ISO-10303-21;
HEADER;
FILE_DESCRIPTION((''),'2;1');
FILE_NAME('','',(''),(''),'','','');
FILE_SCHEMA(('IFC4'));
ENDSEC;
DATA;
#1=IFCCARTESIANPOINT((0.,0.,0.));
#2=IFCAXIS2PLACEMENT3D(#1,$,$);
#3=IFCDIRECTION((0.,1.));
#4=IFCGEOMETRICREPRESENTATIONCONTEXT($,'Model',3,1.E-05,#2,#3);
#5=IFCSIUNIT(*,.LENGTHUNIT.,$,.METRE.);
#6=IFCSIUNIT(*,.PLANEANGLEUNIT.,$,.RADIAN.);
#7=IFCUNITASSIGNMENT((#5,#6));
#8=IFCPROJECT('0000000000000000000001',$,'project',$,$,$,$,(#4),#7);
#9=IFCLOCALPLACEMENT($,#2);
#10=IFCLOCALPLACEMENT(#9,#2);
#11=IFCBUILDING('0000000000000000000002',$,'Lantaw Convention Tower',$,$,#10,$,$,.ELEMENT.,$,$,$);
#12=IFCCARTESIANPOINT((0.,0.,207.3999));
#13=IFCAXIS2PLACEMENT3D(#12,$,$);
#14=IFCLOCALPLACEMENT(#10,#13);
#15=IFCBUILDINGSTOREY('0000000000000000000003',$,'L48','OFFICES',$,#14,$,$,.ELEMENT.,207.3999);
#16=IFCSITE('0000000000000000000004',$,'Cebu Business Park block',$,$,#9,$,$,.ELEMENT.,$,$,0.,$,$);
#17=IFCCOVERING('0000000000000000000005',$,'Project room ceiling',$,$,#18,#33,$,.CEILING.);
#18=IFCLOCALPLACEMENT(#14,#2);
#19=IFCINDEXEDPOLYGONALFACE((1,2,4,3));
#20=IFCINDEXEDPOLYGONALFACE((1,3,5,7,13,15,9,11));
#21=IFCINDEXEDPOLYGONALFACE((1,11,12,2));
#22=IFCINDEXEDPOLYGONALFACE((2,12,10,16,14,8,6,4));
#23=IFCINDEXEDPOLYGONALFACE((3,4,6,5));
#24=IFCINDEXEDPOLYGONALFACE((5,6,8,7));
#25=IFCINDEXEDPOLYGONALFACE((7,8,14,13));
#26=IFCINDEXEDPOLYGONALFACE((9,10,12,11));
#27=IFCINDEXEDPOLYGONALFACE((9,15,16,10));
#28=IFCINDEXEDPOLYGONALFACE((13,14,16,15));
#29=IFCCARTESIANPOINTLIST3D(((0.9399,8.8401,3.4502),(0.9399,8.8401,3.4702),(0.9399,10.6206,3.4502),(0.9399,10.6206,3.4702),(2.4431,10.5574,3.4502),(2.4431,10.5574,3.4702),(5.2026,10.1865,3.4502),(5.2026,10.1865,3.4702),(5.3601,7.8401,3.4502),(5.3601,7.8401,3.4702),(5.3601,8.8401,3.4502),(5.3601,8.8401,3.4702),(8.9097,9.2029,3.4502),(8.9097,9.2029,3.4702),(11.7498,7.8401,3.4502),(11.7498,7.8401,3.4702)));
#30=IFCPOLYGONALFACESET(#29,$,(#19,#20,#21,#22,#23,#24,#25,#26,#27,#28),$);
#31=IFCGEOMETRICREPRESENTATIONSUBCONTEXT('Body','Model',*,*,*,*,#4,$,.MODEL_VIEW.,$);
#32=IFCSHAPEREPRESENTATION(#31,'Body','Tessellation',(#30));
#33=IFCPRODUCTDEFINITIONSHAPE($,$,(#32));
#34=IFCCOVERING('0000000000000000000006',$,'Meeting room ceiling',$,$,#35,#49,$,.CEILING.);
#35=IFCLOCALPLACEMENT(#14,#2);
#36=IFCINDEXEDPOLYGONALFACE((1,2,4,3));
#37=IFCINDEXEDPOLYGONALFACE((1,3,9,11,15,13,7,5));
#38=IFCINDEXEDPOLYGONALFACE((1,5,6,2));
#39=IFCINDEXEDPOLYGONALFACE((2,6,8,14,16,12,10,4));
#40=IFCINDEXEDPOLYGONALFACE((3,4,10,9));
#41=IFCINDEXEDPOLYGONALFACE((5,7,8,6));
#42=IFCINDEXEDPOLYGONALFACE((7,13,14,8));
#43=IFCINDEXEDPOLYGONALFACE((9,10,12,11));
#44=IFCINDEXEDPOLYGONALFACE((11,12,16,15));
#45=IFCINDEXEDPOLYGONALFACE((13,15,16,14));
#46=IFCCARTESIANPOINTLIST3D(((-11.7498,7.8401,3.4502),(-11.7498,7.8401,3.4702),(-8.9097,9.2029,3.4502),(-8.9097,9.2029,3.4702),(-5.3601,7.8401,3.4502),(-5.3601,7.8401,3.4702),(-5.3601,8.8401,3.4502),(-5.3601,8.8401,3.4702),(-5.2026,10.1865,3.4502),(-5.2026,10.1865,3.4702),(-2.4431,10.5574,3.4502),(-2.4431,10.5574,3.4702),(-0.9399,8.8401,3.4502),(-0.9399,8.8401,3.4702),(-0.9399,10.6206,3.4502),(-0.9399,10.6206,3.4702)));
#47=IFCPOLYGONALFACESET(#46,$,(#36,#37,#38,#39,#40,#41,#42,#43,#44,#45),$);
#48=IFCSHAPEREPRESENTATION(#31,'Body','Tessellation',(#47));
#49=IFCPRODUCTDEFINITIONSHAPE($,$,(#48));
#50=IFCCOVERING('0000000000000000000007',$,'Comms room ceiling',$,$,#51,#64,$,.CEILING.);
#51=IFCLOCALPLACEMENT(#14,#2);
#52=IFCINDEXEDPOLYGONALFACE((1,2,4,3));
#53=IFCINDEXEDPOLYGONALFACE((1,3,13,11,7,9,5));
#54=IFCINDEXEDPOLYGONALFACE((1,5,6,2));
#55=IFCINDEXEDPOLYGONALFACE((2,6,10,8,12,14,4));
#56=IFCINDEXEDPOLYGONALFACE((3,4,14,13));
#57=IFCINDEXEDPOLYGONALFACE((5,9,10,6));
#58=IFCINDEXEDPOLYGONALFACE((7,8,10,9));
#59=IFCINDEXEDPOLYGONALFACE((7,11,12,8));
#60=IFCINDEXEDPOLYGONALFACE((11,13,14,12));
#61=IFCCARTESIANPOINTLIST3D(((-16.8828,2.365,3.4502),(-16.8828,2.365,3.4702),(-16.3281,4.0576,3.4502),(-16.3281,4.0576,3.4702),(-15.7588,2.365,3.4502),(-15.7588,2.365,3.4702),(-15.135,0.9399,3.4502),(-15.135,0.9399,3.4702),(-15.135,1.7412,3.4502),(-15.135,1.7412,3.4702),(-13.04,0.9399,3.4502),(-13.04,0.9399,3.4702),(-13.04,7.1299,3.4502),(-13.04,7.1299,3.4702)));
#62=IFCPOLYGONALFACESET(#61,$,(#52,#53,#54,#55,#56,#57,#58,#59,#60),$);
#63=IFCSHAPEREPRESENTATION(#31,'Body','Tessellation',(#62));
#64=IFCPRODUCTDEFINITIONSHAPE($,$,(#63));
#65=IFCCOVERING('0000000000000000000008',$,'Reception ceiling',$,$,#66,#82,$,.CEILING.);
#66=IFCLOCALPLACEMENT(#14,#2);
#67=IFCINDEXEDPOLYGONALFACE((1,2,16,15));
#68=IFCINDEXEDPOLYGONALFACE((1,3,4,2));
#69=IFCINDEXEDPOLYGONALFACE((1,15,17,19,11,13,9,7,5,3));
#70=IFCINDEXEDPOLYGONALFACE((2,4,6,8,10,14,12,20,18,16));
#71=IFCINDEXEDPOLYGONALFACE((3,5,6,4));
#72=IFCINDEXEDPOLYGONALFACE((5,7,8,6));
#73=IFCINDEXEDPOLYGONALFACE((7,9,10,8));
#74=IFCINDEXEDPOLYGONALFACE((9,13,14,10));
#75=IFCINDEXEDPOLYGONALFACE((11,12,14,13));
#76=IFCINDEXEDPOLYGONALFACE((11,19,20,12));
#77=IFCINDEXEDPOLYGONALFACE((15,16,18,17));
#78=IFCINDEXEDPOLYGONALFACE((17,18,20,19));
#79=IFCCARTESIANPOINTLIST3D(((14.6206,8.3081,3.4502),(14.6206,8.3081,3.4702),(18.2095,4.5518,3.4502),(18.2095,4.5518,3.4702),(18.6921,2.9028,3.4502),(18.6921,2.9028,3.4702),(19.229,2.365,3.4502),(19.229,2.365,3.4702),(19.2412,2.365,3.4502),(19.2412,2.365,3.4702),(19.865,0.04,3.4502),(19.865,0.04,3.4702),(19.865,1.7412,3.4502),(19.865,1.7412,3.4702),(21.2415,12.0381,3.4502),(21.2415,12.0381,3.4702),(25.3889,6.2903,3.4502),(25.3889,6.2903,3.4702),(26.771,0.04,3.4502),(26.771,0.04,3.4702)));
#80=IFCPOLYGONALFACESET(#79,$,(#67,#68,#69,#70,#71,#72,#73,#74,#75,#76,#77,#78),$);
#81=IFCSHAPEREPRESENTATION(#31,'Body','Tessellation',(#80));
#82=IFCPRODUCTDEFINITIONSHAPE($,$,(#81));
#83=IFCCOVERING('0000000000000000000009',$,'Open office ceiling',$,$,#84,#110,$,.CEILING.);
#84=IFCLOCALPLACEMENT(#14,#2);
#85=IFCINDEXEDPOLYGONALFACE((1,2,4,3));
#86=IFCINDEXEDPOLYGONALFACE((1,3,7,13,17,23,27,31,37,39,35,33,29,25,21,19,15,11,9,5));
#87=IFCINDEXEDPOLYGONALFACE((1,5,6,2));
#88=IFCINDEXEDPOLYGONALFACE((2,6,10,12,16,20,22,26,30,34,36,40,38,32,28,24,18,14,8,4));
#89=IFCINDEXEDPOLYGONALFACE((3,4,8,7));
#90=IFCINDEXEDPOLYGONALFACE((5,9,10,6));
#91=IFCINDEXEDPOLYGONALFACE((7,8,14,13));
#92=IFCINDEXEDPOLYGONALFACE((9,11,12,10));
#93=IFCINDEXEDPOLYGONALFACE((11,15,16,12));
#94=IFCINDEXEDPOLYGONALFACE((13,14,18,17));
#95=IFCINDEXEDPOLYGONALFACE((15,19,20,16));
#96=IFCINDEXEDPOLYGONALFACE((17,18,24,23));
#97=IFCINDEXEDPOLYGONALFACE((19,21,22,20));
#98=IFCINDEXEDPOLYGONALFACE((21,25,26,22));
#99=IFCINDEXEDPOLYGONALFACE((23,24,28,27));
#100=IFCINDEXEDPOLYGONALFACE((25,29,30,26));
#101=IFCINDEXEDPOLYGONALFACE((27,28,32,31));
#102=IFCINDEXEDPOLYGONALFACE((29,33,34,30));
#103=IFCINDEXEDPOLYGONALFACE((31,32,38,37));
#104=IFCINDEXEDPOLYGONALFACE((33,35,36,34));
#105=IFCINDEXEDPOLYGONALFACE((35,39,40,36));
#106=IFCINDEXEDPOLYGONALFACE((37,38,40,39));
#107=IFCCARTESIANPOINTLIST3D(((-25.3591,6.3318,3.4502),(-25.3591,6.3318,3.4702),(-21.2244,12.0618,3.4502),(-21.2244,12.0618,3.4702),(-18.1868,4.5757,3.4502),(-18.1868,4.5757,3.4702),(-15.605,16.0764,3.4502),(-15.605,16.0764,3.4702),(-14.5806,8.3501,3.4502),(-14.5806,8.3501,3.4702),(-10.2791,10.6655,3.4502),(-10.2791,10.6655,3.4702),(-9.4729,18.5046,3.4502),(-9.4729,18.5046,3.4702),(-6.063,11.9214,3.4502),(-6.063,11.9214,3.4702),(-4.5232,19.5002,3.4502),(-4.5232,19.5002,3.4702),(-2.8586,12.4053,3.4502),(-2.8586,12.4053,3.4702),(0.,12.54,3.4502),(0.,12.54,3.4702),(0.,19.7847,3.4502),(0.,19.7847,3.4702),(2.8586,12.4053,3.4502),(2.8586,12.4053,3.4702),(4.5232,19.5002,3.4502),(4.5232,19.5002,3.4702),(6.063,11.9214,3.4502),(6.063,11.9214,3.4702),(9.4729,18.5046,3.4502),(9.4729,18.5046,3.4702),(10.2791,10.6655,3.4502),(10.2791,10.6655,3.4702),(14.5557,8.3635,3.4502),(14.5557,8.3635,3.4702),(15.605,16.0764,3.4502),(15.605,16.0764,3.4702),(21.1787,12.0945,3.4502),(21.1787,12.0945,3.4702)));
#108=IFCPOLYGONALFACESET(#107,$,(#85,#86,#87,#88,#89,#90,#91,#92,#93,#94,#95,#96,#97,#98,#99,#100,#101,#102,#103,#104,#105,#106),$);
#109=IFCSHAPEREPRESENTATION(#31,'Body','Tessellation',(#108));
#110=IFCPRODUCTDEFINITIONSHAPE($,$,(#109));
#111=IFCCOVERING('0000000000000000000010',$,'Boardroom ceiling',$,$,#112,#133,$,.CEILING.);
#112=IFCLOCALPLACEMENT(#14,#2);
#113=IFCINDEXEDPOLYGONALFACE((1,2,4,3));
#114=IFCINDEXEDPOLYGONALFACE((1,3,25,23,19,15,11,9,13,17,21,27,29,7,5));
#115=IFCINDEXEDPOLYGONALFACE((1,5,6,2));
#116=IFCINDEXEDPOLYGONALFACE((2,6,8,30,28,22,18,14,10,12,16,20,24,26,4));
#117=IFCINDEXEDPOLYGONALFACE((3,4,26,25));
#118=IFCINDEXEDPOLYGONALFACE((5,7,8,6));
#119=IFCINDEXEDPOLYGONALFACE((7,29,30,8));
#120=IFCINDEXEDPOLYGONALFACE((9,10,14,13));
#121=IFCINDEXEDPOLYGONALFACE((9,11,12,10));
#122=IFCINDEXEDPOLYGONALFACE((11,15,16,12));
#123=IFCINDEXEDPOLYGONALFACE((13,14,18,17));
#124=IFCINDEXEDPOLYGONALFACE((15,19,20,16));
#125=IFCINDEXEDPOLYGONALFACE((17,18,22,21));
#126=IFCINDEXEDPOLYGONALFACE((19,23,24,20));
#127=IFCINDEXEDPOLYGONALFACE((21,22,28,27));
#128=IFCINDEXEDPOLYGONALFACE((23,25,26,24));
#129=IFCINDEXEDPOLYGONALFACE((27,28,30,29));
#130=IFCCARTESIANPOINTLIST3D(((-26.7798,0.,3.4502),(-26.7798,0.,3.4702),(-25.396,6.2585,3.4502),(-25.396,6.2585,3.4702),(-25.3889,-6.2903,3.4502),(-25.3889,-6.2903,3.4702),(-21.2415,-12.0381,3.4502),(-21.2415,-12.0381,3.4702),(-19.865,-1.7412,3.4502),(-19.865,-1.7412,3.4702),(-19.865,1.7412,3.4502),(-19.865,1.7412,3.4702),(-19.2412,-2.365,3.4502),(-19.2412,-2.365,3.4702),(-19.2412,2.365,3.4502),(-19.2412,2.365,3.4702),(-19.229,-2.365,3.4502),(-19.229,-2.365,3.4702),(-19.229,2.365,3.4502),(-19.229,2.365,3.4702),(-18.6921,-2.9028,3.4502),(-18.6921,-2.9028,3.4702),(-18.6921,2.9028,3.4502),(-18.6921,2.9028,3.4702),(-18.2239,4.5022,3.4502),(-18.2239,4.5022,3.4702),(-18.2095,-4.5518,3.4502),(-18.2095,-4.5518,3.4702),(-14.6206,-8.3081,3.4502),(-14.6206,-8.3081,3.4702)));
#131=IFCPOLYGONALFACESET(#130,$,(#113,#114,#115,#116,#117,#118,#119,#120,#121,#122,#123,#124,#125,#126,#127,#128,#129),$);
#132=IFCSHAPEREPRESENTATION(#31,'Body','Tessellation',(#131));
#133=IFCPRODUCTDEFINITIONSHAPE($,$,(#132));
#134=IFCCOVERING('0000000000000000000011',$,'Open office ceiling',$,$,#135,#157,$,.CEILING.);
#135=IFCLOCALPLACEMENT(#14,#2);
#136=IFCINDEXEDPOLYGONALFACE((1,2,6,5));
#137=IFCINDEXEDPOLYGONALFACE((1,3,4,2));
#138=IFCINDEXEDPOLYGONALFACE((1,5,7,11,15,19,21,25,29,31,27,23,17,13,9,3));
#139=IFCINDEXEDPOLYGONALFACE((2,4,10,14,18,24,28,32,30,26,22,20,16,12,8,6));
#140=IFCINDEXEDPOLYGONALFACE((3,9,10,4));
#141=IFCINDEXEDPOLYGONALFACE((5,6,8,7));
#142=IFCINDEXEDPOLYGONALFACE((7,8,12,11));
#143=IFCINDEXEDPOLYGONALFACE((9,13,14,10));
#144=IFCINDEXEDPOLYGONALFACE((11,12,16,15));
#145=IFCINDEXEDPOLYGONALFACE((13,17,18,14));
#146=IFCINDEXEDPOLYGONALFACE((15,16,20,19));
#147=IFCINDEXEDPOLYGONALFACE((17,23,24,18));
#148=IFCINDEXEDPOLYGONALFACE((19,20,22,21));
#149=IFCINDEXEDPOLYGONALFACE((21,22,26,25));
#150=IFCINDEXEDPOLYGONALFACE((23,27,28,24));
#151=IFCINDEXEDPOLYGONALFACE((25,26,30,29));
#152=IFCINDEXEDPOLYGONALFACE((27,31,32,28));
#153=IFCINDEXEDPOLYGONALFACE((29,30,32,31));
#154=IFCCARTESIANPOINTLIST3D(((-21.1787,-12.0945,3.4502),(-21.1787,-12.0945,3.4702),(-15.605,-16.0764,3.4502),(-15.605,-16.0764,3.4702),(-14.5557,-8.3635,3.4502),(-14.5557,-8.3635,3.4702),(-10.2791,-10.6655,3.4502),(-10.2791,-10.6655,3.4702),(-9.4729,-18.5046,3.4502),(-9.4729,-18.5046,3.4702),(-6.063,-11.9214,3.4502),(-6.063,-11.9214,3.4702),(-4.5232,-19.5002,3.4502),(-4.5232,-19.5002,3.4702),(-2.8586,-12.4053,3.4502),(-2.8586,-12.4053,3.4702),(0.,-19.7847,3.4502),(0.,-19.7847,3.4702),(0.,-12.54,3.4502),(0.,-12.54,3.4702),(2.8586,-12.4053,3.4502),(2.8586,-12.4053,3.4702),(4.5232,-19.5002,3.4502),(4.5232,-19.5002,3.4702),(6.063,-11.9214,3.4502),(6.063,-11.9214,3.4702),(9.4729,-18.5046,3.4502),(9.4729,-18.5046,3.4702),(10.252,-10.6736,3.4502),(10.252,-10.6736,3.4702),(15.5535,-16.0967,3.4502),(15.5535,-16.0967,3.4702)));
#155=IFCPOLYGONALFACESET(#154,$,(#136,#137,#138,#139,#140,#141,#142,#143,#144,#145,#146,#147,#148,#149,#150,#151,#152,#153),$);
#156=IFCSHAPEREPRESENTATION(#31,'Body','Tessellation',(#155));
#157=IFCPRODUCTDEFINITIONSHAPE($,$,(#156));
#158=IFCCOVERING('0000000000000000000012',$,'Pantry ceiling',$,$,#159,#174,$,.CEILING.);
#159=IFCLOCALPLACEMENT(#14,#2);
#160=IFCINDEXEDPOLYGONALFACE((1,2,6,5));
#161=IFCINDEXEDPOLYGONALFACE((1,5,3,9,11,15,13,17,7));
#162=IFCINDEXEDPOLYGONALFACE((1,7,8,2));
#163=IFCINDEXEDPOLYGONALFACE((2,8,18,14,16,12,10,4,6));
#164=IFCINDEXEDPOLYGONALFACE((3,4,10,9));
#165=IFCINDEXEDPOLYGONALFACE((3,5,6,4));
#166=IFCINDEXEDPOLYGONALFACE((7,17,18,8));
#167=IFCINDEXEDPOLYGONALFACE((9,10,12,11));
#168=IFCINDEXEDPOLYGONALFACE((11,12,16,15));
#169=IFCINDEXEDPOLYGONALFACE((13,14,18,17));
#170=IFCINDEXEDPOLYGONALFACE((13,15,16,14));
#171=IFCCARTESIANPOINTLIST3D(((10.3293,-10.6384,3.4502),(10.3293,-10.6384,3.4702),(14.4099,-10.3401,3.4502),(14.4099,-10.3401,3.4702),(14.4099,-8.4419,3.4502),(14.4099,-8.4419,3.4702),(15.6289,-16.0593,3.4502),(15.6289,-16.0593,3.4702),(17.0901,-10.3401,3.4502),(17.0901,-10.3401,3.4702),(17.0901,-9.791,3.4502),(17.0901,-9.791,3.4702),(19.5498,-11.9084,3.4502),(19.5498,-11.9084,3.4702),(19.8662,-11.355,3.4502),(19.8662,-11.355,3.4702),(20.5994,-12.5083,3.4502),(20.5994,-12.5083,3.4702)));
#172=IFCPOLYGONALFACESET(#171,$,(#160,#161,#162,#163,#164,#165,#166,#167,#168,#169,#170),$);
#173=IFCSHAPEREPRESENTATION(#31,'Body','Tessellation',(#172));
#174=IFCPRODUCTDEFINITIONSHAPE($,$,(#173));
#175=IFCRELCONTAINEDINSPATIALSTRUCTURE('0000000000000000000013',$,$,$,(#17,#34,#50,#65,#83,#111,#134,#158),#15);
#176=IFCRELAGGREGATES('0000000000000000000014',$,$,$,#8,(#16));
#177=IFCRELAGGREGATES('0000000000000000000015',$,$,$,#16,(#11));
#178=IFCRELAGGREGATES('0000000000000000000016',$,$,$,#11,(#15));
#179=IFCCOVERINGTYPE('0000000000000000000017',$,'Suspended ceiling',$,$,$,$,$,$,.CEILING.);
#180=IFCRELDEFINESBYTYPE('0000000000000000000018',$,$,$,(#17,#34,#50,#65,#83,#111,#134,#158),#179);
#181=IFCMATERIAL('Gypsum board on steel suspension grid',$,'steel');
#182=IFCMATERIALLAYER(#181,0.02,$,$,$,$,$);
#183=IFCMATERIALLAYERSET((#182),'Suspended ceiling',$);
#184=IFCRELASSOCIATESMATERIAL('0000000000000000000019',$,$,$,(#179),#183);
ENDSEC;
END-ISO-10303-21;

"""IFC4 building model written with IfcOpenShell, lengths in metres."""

from ifc_helpers import new_model, si_unit, direction, frame, origin, place, context, subcontext, project, spatial, polyline, outline, extrude, material, layer, layer_set, type_object, element, save


model = new_model("IFC4")

# Units and contexts
model_context = context("Model", 3, precision=1e-05, world=origin(), true_north=direction((0.0, 1.0)))
body_context = subcontext(model_context, "Body", "Model", "MODEL_VIEW")
ifc_project = project(units=[si_unit("LENGTHUNIT", "METRE"), si_unit("PLANEANGLEUNIT", "RADIAN")], contexts=[model_context])

# Site, building, storey
site_placement = place(None, origin())
site = spatial("IfcSite", under=ifc_project, at=site_placement, Name="Cebu Business Park block", CompositionType="ELEMENT", RefElevation=0.0)
building_placement = place(site_placement, origin())
building = spatial("IfcBuilding", under=site, at=building_placement, Name="Lantaw Convention Tower", CompositionType="ELEMENT")
storey_placement = place(building_placement, frame((0.0, 0.0, 207.3999)))
storey = spatial("IfcBuildingStorey", under=building, at=storey_placement, Name="L48", Description="OFFICES", CompositionType="ELEMENT", Elevation=207.3999)

# Coverings
ifc_material_1 = material(Name="Gypsum board on steel suspension grid", Category="steel")
ifc_layer_1 = layer(ifc_material_1, 0.02)
ifc_layer_set_1 = layer_set([ifc_layer_1], Name="Suspended ceiling")
covering_type = type_object("IfcCoveringType", Name="Suspended ceiling", PredefinedType="CEILING", material=ifc_layer_set_1)
covering_1_placement = place(storey_placement, frame((0.0, 0.0, 3.4502)))
element("IfcCovering", 1, at=covering_1_placement, inside=storey, type_object=covering_type, Name="Project room ceiling", PredefinedType="CEILING", context=body_context, shape_type="SweptSolid", body=[
    extrude(outline(polyline([(5.3601, 7.8401), (11.7498, 7.8401), (8.9097, 9.2029), (5.2026, 10.1865), (2.4431, 10.5574), (0.9399, 10.6206), (0.9399, 8.8401), (5.3601, 8.8401), (5.3601, 7.8401)])), origin(), (0.0, 0.0, 1.0), 0.02),
])
covering_2_placement = place(storey_placement, frame((0.0, 0.0, 3.4502)))
element("IfcCovering", 2, at=covering_2_placement, inside=storey, type_object=covering_type, Name="Meeting room ceiling", PredefinedType="CEILING", context=body_context, shape_type="SweptSolid", body=[
    extrude(outline(polyline([(-11.7498, 7.8401), (-5.3601, 7.8401), (-5.3601, 8.8401), (-0.9399, 8.8401), (-0.9399, 10.6206), (-2.4431, 10.5574), (-5.2026, 10.1865), (-8.9097, 9.2029), (-11.7498, 7.8401)])), origin(), (0.0, 0.0, 1.0), 0.02),
])
covering_3_placement = place(storey_placement, frame((0.0, 0.0, 3.4502)))
element("IfcCovering", 3, at=covering_3_placement, inside=storey, type_object=covering_type, Name="Comms room ceiling", PredefinedType="CEILING", context=body_context, shape_type="SweptSolid", body=[
    extrude(outline(polyline([(-15.135, 0.9399), (-13.04, 0.9399), (-13.04, 7.1299), (-16.3281, 4.0576), (-16.8828, 2.365), (-15.7588, 2.365), (-15.135, 1.7412), (-15.135, 0.9399)])), origin(), (0.0, 0.0, 1.0), 0.02),
])
covering_4_placement = place(storey_placement, frame((0.0, 0.0, 3.4502)))
element("IfcCovering", 4, at=covering_4_placement, inside=storey, type_object=covering_type, Name="Reception ceiling", PredefinedType="CEILING", context=body_context, shape_type="SweptSolid", body=[
    extrude(outline(polyline([(14.6206, 8.3081), (18.2095, 4.5518), (18.6921, 2.9028), (19.229, 2.365), (19.2412, 2.365), (19.865, 1.7412), (19.865, 0.04), (26.771, 0.04), (25.3889, 6.2903), (21.2415, 12.0381), (14.6206, 8.3081)])), origin(), (0.0, 0.0, 1.0), 0.02),
])
covering_5_placement = place(storey_placement, frame((0.0, 0.0, 3.4502)))
element("IfcCovering", 5, at=covering_5_placement, inside=storey, type_object=covering_type, Name="Open office ceiling", PredefinedType="CEILING", context=body_context, shape_type="SweptSolid", body=[
    extrude(outline(polyline([(14.5557, 8.3635), (21.1787, 12.0945), (15.605, 16.0764), (9.4729, 18.5046), (4.5232, 19.5002), (0.0, 19.7847), (-4.5232, 19.5002), (-9.4729, 18.5046), (-15.605, 16.0764), (-21.2244, 12.0618), (-25.3591, 6.3318), (-18.1868, 4.5757), (-14.5806, 8.3501), (-10.2791, 10.6655), (-6.063, 11.9214), (-2.8586, 12.4053), (0.0, 12.54), (2.8586, 12.4053), (6.063, 11.9214), (10.2791, 10.6655), (14.5557, 8.3635)])), origin(), (0.0, 0.0, 1.0), 0.02),
])
covering_6_placement = place(storey_placement, frame((0.0, 0.0, 3.4502)))
element("IfcCovering", 6, at=covering_6_placement, inside=storey, type_object=covering_type, Name="Boardroom ceiling", PredefinedType="CEILING", context=body_context, shape_type="SweptSolid", body=[
    extrude(outline(polyline([(-19.2412, 2.365), (-19.229, 2.365), (-18.6921, 2.9028), (-18.2239, 4.5022), (-25.396, 6.2585), (-26.7798, 0.0), (-25.3889, -6.2903), (-21.2415, -12.0381), (-14.6206, -8.3081), (-18.2095, -4.5518), (-18.6921, -2.9028), (-19.229, -2.365), (-19.2412, -2.365), (-19.865, -1.7412), (-19.865, 1.7412), (-19.2412, 2.365)])), origin(), (0.0, 0.0, 1.0), 0.02),
])
covering_7_placement = place(storey_placement, frame((0.0, 0.0, 3.4502)))
element("IfcCovering", 7, at=covering_7_placement, inside=storey, type_object=covering_type, Name="Open office ceiling", PredefinedType="CEILING", context=body_context, shape_type="SweptSolid", body=[
    extrude(outline(polyline([(-14.5557, -8.3635), (-21.1787, -12.0945), (-15.605, -16.0764), (-9.4729, -18.5046), (-4.5232, -19.5002), (0.0, -19.7847), (4.5232, -19.5002), (9.4729, -18.5046), (15.5535, -16.0967), (10.252, -10.6736), (6.063, -11.9214), (2.8586, -12.4053), (0.0, -12.54), (-2.8586, -12.4053), (-6.063, -11.9214), (-10.2791, -10.6655), (-14.5557, -8.3635)])), origin(), (0.0, 0.0, 1.0), 0.02),
])
covering_8_placement = place(storey_placement, frame((0.0, 0.0, 3.4502)))
element("IfcCovering", 8, at=covering_8_placement, inside=storey, type_object=covering_type, Name="Pantry ceiling", PredefinedType="CEILING", context=body_context, shape_type="SweptSolid", body=[
    extrude(outline(polyline([(14.4099, -8.4419), (10.3293, -10.6384), (15.6289, -16.0593), (20.5994, -12.5083), (19.5498, -11.9084), (19.8662, -11.355), (17.0901, -9.791), (17.0901, -10.3401), (14.4099, -10.3401), (14.4099, -8.4419)])), origin(), (0.0, 0.0, 1.0), 0.02),
])

save(model, "model.ifc")
